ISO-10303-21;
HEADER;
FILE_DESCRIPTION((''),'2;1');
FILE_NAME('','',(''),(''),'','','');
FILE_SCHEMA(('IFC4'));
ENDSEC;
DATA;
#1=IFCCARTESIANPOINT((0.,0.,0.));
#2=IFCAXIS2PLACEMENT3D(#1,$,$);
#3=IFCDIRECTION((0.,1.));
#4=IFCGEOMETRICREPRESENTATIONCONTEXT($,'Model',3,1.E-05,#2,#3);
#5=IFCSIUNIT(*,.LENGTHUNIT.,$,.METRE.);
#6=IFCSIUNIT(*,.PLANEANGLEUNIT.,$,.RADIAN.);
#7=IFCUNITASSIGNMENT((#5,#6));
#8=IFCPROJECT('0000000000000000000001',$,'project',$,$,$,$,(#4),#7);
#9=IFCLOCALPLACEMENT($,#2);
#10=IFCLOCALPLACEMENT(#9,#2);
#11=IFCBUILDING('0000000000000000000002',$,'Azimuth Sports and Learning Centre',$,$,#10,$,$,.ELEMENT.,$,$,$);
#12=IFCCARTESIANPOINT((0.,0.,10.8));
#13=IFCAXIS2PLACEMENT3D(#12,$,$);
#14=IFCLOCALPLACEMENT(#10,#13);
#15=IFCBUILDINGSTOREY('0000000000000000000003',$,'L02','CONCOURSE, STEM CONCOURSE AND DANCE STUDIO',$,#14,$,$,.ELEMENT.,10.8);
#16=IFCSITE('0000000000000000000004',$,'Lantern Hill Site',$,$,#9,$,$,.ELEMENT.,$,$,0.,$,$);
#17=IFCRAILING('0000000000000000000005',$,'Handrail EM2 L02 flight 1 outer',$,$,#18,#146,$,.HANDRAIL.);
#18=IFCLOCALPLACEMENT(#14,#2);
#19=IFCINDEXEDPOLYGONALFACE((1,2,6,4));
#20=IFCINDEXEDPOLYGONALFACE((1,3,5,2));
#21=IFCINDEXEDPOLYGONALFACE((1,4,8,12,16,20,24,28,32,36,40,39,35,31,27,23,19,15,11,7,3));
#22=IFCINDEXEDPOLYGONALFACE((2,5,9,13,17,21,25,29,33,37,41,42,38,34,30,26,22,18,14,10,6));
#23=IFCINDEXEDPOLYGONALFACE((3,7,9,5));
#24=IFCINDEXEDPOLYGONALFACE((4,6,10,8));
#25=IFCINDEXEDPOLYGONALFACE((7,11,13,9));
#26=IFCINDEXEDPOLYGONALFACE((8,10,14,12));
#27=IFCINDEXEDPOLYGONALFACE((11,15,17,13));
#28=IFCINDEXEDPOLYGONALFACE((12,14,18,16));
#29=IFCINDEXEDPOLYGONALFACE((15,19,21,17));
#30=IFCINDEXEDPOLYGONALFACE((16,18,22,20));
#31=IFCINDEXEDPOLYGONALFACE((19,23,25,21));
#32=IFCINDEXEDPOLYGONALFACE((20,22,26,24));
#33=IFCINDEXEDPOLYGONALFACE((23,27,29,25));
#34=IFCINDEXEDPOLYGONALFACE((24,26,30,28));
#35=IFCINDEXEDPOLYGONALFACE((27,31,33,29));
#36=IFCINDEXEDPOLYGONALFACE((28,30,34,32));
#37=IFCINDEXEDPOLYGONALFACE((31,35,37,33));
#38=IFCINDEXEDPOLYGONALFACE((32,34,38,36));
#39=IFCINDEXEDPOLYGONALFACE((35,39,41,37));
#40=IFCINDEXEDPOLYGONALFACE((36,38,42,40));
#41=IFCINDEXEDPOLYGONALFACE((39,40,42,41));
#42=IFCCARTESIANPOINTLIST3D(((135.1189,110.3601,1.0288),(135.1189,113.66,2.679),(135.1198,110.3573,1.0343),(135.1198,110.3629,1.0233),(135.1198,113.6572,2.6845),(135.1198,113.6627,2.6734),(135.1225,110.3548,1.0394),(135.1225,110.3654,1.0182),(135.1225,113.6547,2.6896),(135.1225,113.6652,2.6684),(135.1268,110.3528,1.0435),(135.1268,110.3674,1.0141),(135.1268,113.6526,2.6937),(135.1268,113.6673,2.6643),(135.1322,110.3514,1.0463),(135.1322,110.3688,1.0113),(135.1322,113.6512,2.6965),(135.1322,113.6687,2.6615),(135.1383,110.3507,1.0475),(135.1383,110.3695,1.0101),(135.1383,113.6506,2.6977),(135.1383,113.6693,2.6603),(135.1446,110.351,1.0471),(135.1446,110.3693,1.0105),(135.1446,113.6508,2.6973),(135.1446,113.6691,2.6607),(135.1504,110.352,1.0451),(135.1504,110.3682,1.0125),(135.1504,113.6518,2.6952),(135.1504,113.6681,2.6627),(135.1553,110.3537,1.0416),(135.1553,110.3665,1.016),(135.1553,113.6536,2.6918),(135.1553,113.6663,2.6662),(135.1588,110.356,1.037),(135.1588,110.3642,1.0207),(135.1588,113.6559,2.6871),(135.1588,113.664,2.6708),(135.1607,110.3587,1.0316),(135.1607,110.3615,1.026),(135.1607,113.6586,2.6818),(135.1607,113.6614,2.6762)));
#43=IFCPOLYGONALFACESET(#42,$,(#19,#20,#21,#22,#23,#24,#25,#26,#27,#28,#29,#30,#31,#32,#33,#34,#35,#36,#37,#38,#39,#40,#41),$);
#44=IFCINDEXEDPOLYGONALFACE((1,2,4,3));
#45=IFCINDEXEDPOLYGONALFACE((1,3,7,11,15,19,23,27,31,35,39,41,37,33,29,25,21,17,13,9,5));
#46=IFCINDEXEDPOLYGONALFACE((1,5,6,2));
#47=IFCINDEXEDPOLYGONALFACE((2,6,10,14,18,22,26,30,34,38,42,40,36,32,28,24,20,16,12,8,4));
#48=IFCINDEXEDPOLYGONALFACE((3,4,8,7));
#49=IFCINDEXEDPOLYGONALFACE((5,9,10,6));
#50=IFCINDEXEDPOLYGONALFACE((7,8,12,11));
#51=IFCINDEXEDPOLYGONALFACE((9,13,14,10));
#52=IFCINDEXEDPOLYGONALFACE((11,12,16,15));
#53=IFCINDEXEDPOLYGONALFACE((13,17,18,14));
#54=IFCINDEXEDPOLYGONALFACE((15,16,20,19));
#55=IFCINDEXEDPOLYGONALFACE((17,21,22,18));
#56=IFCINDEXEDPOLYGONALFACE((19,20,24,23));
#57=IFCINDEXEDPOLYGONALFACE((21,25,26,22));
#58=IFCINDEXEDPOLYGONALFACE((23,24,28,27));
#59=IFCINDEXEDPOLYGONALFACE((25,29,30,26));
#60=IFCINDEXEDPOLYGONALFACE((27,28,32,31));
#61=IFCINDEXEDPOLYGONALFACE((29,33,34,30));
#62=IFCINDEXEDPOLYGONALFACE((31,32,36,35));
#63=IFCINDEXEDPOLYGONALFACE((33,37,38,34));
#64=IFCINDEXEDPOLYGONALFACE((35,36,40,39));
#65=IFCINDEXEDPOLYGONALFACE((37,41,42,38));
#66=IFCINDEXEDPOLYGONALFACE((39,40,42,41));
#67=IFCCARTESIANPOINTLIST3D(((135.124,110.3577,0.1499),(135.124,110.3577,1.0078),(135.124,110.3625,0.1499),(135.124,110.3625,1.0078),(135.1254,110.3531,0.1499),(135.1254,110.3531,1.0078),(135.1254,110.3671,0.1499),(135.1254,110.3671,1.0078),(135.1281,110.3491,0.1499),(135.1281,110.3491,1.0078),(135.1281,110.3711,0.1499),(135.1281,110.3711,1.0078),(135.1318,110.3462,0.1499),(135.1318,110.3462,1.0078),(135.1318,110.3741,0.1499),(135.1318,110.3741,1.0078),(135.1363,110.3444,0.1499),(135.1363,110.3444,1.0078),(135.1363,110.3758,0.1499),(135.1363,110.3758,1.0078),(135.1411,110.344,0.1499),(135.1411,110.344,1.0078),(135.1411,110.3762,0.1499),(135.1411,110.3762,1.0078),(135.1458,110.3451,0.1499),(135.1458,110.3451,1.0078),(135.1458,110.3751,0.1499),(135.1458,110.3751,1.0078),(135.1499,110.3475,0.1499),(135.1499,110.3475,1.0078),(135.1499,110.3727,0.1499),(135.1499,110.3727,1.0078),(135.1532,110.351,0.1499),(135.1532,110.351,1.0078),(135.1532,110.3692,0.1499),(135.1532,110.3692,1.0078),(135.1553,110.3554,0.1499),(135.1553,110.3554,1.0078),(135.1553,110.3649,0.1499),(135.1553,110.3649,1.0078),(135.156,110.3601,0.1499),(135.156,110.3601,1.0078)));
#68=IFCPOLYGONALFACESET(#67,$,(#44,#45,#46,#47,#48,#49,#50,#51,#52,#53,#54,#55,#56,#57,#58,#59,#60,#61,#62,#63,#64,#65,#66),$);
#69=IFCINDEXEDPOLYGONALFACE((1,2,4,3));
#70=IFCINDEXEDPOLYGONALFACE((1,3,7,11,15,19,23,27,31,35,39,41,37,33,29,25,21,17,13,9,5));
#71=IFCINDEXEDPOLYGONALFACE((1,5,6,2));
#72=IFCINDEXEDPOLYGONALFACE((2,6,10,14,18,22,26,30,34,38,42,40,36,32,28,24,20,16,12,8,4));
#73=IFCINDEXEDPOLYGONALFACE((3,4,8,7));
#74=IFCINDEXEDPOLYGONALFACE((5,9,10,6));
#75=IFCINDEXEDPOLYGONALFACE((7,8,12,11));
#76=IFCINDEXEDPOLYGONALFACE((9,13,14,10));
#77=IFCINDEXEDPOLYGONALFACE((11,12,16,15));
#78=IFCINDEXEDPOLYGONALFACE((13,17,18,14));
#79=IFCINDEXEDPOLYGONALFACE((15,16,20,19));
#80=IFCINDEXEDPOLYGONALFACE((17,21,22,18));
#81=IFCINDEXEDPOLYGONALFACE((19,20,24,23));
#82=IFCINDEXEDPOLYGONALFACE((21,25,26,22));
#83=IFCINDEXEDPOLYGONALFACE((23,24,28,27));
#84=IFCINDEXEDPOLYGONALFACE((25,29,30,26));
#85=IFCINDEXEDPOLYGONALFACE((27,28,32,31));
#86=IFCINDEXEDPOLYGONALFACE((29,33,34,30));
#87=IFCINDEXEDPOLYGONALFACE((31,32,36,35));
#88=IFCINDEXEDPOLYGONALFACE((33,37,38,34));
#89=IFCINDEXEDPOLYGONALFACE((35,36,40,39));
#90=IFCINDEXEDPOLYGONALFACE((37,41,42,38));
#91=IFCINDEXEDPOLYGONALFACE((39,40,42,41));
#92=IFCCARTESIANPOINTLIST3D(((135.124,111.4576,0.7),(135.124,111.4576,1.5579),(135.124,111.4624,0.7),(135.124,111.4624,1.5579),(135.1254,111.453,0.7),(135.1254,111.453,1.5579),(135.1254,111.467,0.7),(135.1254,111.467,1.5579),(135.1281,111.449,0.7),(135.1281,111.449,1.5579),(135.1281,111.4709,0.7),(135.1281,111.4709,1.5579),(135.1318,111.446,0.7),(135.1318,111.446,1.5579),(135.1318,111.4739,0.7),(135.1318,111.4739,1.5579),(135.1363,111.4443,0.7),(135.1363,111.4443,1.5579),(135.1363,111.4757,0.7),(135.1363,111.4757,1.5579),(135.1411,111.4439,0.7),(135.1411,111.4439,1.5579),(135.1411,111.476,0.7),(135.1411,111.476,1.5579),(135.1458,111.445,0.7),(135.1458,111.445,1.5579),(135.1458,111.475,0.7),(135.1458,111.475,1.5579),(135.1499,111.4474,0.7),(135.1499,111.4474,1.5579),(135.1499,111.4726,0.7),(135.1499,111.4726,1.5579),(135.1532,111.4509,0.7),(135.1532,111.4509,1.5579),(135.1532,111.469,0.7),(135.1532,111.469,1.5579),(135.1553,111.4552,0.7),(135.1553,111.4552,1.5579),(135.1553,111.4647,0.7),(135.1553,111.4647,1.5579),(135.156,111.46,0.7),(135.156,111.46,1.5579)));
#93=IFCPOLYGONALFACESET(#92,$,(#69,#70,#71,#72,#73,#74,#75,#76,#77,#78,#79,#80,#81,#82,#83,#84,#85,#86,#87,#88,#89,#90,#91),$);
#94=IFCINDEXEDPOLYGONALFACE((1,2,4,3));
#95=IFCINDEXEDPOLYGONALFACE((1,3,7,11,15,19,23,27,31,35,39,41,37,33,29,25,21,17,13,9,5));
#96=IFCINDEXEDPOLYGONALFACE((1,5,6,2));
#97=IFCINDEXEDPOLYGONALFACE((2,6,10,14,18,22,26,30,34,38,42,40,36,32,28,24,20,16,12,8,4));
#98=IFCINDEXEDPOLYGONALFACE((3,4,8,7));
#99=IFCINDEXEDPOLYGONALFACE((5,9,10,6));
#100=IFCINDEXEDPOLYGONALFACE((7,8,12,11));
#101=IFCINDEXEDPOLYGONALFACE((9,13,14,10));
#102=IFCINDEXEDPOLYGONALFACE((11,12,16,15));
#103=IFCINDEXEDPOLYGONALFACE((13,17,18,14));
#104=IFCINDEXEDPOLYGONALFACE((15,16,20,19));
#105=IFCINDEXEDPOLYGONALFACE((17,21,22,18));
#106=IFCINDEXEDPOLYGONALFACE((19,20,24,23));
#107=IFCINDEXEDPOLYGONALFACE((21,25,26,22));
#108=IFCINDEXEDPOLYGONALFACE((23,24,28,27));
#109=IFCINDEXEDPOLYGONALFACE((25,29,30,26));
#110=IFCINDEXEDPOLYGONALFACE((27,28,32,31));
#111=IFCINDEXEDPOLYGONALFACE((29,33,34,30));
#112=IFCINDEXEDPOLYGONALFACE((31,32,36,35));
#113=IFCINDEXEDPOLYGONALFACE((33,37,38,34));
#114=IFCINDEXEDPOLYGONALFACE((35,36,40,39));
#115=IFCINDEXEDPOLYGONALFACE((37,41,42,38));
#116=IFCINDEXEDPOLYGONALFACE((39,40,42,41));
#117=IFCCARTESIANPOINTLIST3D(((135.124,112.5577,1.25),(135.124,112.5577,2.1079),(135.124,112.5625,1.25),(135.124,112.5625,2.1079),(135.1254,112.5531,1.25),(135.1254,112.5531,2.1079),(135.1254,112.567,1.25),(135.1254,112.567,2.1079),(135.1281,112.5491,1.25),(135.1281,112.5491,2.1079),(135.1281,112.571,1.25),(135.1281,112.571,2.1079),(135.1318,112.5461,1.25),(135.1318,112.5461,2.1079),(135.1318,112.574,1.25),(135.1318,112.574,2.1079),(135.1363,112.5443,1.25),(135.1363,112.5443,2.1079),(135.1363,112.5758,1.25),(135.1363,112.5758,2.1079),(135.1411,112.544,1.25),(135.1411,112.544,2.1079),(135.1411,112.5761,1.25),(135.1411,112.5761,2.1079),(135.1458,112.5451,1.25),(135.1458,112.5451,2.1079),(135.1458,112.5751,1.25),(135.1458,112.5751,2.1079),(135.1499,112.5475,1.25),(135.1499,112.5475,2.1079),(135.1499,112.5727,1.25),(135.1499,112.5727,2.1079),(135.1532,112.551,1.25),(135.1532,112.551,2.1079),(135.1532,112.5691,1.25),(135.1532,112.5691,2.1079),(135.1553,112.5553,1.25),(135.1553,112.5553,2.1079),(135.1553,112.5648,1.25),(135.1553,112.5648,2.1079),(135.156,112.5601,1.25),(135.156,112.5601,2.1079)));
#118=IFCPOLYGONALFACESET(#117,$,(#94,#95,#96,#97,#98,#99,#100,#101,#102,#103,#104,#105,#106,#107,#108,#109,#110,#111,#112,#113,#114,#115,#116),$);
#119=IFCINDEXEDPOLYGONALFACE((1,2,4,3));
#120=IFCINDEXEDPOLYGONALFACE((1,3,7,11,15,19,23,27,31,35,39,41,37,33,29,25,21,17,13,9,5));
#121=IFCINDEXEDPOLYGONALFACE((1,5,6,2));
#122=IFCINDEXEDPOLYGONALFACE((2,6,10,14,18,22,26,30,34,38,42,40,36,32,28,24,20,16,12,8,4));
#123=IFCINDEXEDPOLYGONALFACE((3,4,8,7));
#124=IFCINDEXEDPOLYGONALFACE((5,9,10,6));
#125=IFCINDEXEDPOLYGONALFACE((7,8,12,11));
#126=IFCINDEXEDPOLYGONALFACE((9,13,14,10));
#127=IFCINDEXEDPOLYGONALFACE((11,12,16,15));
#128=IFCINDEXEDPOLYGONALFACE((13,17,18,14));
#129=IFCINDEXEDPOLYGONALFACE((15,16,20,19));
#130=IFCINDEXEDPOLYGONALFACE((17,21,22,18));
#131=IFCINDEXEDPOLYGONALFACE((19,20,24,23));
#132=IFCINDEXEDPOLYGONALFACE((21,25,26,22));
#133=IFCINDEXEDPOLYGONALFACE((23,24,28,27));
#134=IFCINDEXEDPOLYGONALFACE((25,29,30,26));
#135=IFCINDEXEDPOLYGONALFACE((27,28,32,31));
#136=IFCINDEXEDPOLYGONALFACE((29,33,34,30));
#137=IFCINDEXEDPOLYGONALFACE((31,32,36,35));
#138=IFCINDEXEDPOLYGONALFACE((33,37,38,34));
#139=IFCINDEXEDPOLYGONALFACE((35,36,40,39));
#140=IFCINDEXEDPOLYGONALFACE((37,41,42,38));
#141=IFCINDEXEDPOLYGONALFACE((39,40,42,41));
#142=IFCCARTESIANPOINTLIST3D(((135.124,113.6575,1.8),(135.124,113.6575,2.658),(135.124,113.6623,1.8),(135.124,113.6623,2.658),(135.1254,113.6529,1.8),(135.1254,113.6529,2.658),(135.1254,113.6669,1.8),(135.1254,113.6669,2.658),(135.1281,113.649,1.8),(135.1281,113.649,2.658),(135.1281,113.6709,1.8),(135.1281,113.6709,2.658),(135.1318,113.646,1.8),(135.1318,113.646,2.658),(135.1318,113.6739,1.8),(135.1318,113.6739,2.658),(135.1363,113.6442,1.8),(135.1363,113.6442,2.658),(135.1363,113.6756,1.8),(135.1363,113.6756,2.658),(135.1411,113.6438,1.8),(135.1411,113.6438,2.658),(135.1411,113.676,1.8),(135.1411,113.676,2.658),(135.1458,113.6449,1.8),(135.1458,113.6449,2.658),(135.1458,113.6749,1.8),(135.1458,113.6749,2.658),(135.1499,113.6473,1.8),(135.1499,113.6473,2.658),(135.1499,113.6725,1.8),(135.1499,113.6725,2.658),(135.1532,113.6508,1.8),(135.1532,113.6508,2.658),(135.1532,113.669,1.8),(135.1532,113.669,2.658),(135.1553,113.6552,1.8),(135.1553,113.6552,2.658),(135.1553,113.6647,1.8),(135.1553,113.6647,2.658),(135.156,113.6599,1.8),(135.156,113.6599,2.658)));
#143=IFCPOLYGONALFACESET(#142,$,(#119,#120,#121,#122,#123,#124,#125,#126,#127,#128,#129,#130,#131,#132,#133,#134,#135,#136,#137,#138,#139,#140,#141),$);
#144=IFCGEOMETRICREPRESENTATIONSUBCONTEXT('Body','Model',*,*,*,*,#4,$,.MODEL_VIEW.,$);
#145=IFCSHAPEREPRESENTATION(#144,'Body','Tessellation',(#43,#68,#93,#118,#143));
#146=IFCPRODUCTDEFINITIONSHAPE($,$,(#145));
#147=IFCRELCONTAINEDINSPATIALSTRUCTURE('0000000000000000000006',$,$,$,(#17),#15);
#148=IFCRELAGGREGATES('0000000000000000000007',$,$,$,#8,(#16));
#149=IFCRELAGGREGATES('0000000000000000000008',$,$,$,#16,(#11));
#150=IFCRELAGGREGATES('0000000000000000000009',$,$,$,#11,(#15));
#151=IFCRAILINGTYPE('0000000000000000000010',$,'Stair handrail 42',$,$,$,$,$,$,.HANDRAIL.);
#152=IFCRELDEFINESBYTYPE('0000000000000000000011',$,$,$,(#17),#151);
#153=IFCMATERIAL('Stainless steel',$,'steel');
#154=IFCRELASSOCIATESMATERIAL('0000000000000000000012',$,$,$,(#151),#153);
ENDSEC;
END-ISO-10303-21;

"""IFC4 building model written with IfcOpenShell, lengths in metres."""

from ifc_helpers import new_model, si_unit, direction, frame, origin, origin_2d, place, context, subcontext, project, spatial, circle, extrude, material, type_object, element, save


model = new_model("IFC4")

# Units and contexts
model_context = context("Model", 3, precision=1e-05, world=origin(), true_north=direction((0.0, 1.0)))
body_context = subcontext(model_context, "Body", "Model", "MODEL_VIEW")
ifc_project = project(units=[si_unit("LENGTHUNIT", "METRE"), si_unit("PLANEANGLEUNIT", "RADIAN")], contexts=[model_context])

# Site, building, storey
site_placement = place(None, origin())
site = spatial("IfcSite", under=ifc_project, at=site_placement, Name="Lantern Hill Site", CompositionType="ELEMENT", RefElevation=0.0)
building_placement = place(site_placement, origin())
building = spatial("IfcBuilding", under=site, at=building_placement, Name="Azimuth Sports and Learning Centre", CompositionType="ELEMENT")
storey_placement = place(building_placement, frame((0.0, 0.0, 10.8)))
storey = spatial("IfcBuildingStorey", under=building, at=storey_placement, Name="L02", Description="CONCOURSE, STEM CONCOURSE AND DANCE STUDIO", CompositionType="ELEMENT", Elevation=10.8)

# Railing
ifc_material_1 = material(Name="Stainless steel", Category="steel")
railing_type = type_object("IfcRailingType", Name="Stair handrail 42", PredefinedType="HANDRAIL", material=ifc_material_1)
for number, where, name in (
    (1, (135.1399, 110.3601, 0.1499), "Handrail EM2 L02 flight 1 outer"),
):
    element("IfcRailing", number, at=place(storey_placement, frame(where)), inside=storey, type_object=railing_type, Name=name, PredefinedType="HANDRAIL", context=body_context, shape_type="SweptSolid", body=[
        extrude(circle(Radius=0.021, at=origin_2d()), frame((0.0, 0.0, 0.8789), z_axis=(0.0, 0.894401, 0.447267), x_axis=(-1.0, 0.0, 0.0)), (0.0, 0.0, 1.0), 3.6895),
        extrude(circle(Radius=0.0161, at=origin_2d()), origin(), (0.0, 0.0, 1.0), 0.8579),
        extrude(circle(Radius=0.0161, at=origin_2d()), frame((0.0, 1.0999, 0.55)), (0.0, 0.0, 1.0), 0.8579),
        extrude(circle(Radius=0.0161, at=origin_2d()), frame((0.0, 2.2, 1.1001)), (0.0, 0.0, 1.0), 0.8579),
        extrude(circle(Radius=0.0161, at=origin_2d()), frame((0.0, 3.2998, 1.6501)), (0.0, 0.0, 1.0), 0.8579),
    ])

save(model, "model.ifc")
